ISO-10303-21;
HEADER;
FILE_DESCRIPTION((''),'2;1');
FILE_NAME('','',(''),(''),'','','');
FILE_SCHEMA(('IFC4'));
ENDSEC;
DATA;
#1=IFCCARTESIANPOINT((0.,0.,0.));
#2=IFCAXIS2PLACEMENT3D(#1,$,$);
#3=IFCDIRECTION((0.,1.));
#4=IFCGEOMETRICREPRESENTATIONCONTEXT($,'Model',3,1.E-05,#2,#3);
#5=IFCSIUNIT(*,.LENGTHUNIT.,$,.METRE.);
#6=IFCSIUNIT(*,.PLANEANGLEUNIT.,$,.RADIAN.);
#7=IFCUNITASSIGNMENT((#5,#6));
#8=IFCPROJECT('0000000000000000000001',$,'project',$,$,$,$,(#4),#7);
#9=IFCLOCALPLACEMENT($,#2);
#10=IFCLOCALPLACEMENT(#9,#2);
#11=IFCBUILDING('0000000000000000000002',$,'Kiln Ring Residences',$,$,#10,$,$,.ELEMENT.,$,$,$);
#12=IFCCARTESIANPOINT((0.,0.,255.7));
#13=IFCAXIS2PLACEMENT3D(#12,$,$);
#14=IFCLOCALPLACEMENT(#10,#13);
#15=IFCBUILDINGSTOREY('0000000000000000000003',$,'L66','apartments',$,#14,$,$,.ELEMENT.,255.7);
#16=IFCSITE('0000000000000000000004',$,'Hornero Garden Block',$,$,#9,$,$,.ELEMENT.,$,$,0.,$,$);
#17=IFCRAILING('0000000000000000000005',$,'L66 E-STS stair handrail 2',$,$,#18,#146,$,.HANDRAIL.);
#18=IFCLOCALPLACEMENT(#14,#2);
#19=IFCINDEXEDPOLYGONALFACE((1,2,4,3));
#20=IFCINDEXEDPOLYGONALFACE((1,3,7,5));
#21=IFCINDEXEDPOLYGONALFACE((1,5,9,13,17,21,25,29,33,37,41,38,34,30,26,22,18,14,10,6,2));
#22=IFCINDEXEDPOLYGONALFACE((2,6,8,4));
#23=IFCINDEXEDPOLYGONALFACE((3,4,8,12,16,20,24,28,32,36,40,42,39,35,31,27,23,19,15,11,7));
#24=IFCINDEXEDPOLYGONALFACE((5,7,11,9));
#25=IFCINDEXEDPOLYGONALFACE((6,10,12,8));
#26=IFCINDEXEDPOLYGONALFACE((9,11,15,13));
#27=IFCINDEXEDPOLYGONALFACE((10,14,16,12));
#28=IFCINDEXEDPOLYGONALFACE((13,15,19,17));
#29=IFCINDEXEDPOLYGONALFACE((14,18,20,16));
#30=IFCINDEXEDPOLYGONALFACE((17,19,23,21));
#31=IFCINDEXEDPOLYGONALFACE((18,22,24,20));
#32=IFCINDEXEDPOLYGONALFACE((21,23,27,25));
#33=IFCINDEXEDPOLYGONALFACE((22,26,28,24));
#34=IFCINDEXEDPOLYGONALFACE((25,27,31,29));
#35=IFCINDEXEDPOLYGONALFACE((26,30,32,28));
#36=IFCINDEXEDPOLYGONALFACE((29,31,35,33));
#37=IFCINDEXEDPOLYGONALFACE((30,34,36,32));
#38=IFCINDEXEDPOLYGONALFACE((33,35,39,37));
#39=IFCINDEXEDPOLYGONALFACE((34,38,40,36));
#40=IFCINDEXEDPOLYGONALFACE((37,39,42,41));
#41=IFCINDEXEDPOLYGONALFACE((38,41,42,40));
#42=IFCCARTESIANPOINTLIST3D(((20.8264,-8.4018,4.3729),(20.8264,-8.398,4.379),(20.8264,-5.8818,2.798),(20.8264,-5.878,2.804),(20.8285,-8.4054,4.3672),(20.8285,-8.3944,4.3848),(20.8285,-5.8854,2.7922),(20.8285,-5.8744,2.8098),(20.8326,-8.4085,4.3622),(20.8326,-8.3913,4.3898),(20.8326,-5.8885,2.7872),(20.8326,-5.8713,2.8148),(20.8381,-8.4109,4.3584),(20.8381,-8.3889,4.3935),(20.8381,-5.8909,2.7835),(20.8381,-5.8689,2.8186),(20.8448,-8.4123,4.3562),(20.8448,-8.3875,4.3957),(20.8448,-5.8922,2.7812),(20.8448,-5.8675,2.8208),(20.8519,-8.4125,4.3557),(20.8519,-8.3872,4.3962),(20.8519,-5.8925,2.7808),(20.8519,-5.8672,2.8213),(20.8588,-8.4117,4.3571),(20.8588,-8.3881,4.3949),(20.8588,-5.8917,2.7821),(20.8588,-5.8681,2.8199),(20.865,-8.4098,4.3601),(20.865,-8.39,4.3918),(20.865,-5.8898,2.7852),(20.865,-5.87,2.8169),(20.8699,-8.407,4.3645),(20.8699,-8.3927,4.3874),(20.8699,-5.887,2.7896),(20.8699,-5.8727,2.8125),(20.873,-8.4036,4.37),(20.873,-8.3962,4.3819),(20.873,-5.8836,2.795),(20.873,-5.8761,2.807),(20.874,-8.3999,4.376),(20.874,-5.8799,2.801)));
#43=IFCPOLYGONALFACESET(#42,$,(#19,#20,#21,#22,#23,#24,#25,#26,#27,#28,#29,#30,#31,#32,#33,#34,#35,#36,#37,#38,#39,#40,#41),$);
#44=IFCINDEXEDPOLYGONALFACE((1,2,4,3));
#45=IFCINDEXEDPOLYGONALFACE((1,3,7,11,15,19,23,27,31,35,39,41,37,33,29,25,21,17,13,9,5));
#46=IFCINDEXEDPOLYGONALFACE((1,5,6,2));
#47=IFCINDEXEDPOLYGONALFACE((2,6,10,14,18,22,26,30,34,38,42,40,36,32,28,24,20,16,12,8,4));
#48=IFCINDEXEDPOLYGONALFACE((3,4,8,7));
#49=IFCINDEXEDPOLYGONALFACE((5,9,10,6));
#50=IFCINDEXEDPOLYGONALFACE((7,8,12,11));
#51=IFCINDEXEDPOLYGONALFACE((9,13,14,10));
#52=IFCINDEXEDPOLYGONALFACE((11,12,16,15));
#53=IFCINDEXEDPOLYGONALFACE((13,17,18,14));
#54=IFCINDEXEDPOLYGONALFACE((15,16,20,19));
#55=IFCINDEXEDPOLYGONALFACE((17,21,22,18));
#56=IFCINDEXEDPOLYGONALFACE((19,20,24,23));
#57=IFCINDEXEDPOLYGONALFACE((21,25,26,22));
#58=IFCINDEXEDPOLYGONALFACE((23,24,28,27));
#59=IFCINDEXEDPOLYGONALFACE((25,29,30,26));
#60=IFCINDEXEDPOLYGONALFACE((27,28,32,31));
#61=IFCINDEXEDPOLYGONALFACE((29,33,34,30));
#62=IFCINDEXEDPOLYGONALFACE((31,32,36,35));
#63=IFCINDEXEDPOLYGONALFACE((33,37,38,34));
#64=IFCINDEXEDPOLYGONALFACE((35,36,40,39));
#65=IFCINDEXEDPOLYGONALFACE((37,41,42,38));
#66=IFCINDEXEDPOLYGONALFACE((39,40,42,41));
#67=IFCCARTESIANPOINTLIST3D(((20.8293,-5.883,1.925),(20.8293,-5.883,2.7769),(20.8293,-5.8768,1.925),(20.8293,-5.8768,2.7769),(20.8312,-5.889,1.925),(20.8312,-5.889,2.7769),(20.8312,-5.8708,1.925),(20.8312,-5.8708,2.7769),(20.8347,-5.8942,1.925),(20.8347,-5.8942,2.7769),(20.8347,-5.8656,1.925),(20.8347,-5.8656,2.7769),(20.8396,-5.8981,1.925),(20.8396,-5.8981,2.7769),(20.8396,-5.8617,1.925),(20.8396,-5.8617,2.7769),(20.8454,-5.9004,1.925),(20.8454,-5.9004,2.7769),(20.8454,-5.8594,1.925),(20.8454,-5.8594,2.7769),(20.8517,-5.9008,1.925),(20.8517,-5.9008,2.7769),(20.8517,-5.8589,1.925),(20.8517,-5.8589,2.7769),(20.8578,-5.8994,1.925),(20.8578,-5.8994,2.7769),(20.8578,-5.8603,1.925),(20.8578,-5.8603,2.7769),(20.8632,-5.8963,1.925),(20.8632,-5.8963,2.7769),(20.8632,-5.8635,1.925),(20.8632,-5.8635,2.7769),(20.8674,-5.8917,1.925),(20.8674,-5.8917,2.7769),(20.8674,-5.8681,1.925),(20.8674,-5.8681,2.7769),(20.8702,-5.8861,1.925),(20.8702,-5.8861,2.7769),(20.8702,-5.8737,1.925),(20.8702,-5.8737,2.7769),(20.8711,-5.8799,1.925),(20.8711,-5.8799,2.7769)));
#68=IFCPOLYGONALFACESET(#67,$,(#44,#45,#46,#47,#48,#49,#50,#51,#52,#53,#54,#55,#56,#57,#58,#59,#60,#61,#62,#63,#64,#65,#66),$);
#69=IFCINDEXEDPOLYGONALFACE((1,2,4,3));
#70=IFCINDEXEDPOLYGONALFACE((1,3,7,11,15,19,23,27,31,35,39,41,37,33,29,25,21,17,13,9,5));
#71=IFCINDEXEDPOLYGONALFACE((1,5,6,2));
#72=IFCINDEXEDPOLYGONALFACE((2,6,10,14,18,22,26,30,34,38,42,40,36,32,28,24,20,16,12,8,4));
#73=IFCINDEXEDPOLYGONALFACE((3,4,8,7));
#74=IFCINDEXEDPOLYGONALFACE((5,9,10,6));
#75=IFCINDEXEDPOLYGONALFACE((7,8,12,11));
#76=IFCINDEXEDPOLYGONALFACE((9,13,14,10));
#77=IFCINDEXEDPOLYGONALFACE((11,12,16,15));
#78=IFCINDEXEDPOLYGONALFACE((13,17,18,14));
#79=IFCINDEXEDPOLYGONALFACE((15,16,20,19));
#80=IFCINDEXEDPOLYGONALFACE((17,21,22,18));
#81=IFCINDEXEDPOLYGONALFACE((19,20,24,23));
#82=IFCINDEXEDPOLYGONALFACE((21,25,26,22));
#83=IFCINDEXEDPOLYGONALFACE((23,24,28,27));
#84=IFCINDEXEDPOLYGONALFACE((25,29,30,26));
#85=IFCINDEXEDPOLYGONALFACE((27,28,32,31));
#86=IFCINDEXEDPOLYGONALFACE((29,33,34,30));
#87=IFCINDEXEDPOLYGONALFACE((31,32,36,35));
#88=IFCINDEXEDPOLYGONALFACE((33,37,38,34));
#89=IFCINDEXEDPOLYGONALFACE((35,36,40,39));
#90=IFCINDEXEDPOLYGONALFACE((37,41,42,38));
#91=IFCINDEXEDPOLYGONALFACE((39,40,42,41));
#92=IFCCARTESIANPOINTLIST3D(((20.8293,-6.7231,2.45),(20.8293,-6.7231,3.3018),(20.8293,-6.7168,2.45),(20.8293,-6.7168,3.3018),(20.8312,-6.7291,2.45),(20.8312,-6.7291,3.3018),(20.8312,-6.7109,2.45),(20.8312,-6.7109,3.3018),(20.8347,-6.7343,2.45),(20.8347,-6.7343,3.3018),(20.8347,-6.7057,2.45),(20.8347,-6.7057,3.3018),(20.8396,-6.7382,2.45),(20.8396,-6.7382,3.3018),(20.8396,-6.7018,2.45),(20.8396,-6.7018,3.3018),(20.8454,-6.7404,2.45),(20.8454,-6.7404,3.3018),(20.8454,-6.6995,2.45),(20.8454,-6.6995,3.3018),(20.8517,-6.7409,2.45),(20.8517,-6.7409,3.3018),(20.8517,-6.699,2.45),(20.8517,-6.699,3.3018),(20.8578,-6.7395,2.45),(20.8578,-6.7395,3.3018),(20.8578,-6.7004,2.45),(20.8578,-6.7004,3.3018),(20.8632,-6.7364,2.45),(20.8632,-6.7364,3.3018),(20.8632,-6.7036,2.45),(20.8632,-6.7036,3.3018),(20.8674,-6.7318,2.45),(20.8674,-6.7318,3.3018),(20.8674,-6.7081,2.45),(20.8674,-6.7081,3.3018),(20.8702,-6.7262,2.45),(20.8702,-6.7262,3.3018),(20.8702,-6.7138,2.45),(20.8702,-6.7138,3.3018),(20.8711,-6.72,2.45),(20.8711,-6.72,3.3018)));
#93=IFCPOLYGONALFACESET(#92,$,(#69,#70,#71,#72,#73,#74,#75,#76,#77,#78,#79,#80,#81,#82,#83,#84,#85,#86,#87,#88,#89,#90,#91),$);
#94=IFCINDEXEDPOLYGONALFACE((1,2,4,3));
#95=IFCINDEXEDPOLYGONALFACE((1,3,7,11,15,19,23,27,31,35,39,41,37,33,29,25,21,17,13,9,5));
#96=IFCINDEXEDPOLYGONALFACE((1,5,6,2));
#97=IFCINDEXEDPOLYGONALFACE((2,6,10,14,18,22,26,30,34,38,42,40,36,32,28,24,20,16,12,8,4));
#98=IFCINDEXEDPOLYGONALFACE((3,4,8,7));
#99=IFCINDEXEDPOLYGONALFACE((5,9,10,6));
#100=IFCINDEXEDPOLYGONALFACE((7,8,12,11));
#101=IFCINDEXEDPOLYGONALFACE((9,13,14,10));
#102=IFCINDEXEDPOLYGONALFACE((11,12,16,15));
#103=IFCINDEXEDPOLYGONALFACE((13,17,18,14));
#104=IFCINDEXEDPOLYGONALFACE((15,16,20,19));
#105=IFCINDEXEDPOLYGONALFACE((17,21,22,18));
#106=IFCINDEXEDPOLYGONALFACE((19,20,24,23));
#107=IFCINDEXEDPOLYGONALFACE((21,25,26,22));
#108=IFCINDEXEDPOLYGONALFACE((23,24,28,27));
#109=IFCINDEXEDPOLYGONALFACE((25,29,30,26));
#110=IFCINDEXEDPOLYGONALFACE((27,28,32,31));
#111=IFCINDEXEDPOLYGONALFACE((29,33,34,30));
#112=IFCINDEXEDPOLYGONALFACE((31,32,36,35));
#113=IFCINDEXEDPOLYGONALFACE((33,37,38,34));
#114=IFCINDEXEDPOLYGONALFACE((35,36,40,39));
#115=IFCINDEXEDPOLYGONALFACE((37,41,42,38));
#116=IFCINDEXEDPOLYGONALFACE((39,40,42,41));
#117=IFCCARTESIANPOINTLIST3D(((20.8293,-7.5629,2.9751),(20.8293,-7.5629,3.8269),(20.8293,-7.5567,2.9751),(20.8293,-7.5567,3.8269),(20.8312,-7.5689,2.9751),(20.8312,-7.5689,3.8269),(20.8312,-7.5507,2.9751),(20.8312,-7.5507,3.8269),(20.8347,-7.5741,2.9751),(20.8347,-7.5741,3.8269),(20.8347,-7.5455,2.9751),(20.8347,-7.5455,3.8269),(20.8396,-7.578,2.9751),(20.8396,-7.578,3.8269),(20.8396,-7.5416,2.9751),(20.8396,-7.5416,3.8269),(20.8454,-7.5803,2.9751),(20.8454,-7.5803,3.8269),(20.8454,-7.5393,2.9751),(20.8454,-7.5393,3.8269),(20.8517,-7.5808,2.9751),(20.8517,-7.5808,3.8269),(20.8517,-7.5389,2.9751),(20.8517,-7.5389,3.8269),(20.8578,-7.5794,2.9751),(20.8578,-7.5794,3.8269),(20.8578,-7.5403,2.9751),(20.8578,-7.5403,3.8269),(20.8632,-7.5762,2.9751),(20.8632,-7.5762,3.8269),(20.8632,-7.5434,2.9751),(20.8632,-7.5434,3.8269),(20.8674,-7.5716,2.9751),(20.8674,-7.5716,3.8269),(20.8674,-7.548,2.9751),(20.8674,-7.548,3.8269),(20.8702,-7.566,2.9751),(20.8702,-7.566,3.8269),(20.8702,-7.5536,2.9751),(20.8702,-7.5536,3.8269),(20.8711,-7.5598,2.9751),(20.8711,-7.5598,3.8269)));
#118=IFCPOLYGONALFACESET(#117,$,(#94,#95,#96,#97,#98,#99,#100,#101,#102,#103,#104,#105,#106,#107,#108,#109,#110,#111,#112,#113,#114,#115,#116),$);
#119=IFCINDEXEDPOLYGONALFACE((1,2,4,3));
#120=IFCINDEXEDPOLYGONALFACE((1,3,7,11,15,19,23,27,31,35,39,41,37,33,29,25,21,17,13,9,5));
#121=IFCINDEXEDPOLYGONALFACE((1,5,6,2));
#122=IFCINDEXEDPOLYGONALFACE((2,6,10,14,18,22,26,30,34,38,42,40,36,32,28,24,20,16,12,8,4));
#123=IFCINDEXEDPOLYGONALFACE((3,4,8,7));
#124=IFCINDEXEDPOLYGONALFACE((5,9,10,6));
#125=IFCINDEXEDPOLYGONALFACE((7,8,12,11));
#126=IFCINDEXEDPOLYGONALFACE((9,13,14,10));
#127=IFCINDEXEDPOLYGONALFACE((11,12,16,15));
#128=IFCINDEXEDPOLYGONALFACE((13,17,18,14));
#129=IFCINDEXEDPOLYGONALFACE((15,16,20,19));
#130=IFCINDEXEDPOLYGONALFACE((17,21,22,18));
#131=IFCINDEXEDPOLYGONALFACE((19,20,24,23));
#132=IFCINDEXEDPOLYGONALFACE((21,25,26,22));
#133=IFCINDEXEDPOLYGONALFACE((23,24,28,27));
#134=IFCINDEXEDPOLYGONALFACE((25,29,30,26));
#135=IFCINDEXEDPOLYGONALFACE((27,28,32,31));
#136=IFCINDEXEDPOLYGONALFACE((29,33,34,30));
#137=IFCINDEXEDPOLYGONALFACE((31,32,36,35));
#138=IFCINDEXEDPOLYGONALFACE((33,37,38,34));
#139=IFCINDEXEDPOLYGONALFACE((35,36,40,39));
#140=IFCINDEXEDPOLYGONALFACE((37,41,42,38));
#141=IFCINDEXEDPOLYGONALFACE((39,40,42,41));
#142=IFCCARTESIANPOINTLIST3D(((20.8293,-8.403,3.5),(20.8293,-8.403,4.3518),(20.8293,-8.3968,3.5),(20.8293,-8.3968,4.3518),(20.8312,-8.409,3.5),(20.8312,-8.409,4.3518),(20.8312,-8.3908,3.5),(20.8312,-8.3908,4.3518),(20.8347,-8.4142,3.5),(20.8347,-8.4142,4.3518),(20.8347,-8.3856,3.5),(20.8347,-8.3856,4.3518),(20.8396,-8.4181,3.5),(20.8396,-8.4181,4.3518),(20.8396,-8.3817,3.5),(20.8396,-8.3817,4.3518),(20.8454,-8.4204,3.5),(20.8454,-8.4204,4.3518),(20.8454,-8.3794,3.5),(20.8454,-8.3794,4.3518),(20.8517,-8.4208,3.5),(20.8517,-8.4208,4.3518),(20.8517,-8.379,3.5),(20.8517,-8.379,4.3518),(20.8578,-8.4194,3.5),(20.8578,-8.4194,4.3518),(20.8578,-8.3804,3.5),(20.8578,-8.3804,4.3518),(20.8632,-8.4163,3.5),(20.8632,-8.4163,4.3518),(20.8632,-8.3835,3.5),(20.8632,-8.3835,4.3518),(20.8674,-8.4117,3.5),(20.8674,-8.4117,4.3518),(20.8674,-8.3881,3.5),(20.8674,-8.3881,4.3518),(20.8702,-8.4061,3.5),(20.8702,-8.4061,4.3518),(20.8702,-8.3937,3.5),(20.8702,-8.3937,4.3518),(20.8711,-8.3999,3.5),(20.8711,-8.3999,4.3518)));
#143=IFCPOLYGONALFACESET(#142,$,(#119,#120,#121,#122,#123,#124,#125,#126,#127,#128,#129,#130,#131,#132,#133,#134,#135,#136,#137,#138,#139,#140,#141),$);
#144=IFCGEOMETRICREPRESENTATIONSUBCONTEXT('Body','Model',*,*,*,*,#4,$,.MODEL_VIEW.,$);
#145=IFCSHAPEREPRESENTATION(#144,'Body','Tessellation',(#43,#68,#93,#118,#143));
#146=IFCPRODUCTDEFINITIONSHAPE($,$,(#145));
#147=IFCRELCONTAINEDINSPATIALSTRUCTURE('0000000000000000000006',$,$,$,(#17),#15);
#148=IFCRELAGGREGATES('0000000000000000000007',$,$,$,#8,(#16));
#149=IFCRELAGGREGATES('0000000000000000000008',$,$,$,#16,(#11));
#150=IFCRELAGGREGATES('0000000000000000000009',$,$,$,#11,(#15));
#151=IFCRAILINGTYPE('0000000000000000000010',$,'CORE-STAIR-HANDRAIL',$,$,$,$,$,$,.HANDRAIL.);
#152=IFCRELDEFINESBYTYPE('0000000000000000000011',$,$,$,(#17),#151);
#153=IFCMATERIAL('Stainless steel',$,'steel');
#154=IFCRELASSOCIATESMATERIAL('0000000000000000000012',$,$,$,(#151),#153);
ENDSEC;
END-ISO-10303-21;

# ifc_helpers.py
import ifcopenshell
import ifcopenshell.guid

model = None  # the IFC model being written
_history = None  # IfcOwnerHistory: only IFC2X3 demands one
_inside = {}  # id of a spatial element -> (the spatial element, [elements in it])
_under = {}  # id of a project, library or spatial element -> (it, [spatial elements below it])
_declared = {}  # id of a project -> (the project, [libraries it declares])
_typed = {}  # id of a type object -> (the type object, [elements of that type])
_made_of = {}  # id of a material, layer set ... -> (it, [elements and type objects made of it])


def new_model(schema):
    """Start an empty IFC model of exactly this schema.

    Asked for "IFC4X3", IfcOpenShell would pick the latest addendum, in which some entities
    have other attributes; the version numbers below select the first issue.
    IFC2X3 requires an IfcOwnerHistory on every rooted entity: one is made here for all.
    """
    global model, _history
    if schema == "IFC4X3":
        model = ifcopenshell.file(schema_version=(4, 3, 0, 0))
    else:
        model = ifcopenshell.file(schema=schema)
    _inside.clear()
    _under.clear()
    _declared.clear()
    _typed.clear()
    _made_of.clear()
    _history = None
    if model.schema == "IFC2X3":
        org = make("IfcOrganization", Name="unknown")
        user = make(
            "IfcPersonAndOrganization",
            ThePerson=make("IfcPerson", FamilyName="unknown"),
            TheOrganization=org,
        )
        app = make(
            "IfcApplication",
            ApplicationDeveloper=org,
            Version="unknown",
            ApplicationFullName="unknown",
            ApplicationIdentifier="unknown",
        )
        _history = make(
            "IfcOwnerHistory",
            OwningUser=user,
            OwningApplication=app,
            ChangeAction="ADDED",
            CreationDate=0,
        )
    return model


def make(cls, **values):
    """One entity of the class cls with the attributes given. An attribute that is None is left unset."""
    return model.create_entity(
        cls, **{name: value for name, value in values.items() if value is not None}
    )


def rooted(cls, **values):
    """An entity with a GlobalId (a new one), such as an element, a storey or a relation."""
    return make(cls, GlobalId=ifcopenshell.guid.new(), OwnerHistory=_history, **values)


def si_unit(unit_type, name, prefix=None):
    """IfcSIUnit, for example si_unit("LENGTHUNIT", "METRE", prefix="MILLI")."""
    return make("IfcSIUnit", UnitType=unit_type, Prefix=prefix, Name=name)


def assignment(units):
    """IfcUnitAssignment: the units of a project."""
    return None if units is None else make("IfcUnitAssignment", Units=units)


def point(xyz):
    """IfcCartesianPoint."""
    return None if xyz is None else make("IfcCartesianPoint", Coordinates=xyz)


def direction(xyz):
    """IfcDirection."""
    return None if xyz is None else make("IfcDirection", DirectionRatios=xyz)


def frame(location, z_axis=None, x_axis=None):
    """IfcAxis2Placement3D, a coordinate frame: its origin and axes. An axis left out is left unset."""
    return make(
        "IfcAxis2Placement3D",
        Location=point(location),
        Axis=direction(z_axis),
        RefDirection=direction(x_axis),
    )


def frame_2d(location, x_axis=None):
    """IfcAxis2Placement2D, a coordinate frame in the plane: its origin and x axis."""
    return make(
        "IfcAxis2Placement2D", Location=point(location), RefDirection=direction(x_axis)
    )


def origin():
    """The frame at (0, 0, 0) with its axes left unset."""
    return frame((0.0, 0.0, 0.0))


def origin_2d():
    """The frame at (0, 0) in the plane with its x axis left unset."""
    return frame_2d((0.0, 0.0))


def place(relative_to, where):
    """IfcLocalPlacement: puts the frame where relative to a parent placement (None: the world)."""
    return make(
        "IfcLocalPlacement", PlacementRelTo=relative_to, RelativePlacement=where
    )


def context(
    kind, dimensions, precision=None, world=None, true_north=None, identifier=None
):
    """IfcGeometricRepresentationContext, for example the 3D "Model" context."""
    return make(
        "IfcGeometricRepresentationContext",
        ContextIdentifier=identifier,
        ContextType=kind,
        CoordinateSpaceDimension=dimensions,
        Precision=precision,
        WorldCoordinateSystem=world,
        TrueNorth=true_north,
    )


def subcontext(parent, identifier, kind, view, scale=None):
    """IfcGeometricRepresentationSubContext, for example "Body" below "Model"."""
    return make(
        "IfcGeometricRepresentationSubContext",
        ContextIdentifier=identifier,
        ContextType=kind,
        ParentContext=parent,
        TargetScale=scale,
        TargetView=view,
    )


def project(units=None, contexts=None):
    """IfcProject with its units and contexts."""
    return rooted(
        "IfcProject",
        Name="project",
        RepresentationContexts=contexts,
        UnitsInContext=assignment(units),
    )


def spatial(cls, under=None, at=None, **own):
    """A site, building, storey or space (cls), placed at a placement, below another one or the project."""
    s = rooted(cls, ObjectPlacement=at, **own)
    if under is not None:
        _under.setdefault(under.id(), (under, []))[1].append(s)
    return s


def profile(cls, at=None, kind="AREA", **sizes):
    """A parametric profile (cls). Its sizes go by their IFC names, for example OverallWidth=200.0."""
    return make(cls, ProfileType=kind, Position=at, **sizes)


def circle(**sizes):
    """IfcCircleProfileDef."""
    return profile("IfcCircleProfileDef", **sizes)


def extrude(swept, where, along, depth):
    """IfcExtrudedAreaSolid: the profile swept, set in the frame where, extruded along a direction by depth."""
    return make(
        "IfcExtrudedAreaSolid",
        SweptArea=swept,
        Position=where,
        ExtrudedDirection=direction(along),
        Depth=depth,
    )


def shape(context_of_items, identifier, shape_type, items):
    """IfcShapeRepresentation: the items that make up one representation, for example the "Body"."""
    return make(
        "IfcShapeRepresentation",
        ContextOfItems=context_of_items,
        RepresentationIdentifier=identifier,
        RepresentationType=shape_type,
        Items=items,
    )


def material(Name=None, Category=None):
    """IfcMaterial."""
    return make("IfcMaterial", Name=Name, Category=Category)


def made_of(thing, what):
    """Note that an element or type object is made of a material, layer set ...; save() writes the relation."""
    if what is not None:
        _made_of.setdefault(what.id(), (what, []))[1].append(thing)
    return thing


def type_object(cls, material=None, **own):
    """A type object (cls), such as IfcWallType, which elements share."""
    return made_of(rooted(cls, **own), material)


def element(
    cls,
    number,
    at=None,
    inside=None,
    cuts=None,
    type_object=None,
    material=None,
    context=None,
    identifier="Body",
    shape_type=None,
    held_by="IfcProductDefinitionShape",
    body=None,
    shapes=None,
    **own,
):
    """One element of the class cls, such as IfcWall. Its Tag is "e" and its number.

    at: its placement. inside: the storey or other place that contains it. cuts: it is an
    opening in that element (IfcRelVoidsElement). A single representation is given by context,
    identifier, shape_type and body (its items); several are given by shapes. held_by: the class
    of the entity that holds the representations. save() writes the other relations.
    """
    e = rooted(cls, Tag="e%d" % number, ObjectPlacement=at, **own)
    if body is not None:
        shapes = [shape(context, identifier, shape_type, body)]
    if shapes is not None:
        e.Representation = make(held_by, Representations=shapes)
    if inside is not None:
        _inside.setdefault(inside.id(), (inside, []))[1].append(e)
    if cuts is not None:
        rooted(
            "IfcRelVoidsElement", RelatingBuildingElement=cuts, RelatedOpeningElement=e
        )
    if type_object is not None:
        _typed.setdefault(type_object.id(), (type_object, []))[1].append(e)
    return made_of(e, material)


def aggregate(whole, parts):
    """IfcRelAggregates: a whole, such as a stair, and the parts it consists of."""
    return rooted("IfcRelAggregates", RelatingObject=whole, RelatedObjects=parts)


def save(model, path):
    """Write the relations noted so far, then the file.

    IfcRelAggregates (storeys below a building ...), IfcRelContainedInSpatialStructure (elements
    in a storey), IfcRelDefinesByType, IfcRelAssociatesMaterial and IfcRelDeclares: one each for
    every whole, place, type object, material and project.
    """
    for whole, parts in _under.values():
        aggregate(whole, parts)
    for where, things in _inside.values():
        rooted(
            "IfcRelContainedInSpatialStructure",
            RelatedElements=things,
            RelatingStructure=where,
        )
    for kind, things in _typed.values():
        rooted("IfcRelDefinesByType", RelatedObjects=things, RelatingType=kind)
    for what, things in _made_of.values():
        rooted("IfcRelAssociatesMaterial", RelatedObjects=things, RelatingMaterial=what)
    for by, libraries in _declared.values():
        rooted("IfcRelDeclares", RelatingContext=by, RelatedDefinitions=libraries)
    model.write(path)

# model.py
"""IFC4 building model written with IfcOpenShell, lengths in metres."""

from ifc_helpers import new_model, si_unit, direction, frame, origin, origin_2d, place, context, subcontext, project, spatial, circle, extrude, material, type_object, element, save


model = new_model("IFC4")

# Units and contexts
model_context = context("Model", 3, precision=1e-05, world=origin(), true_north=direction((0.0, 1.0)))
body_context = subcontext(model_context, "Body", "Model", "MODEL_VIEW")
ifc_project = project(units=[si_unit("LENGTHUNIT", "METRE"), si_unit("PLANEANGLEUNIT", "RADIAN")], contexts=[model_context])

# Site, building, storey
site_placement = place(None, origin())
site = spatial("IfcSite", under=ifc_project, at=site_placement, Name="Hornero Garden Block", CompositionType="ELEMENT", RefElevation=0.0)
building_placement = place(site_placement, origin())
building = spatial("IfcBuilding", under=site, at=building_placement, Name="Kiln Ring Residences", CompositionType="ELEMENT")
storey_placement = place(building_placement, frame((0.0, 0.0, 255.7)))
storey = spatial("IfcBuildingStorey", under=building, at=storey_placement, Name="L66", Description="apartments", CompositionType="ELEMENT", Elevation=255.7)

# Railing
ifc_material_1 = material(Name="Stainless steel", Category="steel")
railing_type_1 = type_object("IfcRailingType", Name="CORE-STAIR-HANDRAIL", PredefinedType="HANDRAIL", material=ifc_material_1)
railing_1_placement = place(storey_placement, frame((20.8501, -5.8799, 1.925)))
element("IfcRailing", 1, at=railing_1_placement, inside=storey, type_object=railing_type_1, Name="L66 E-STS stair handrail 2", PredefinedType="HANDRAIL", context=body_context, shape_type="SweptSolid", body=[
    extrude(circle(Radius=0.0239, at=origin_2d()), frame((0.0, 0.0, 0.876), z_axis=(0.0, -0.848008, 0.529984), x_axis=(1.0, 0.0, 0.0)), (0.0, 0.0, 1.0), 2.9717),
    extrude(circle(Radius=0.021, at=origin_2d()), origin(), (0.0, 0.0, 1.0), 0.8518),
    extrude(circle(Radius=0.021, at=origin_2d()), frame((0.0, -0.8401, 0.5249)), (0.0, 0.0, 1.0), 0.8518),
    extrude(circle(Radius=0.021, at=origin_2d()), frame((0.0, -1.6799, 1.05)), (0.0, 0.0, 1.0), 0.8518),
    extrude(circle(Radius=0.021, at=origin_2d()), frame((0.0, -2.52, 1.575)), (0.0, 0.0, 1.0), 0.8518),
])

save(model, "model.ifc")
